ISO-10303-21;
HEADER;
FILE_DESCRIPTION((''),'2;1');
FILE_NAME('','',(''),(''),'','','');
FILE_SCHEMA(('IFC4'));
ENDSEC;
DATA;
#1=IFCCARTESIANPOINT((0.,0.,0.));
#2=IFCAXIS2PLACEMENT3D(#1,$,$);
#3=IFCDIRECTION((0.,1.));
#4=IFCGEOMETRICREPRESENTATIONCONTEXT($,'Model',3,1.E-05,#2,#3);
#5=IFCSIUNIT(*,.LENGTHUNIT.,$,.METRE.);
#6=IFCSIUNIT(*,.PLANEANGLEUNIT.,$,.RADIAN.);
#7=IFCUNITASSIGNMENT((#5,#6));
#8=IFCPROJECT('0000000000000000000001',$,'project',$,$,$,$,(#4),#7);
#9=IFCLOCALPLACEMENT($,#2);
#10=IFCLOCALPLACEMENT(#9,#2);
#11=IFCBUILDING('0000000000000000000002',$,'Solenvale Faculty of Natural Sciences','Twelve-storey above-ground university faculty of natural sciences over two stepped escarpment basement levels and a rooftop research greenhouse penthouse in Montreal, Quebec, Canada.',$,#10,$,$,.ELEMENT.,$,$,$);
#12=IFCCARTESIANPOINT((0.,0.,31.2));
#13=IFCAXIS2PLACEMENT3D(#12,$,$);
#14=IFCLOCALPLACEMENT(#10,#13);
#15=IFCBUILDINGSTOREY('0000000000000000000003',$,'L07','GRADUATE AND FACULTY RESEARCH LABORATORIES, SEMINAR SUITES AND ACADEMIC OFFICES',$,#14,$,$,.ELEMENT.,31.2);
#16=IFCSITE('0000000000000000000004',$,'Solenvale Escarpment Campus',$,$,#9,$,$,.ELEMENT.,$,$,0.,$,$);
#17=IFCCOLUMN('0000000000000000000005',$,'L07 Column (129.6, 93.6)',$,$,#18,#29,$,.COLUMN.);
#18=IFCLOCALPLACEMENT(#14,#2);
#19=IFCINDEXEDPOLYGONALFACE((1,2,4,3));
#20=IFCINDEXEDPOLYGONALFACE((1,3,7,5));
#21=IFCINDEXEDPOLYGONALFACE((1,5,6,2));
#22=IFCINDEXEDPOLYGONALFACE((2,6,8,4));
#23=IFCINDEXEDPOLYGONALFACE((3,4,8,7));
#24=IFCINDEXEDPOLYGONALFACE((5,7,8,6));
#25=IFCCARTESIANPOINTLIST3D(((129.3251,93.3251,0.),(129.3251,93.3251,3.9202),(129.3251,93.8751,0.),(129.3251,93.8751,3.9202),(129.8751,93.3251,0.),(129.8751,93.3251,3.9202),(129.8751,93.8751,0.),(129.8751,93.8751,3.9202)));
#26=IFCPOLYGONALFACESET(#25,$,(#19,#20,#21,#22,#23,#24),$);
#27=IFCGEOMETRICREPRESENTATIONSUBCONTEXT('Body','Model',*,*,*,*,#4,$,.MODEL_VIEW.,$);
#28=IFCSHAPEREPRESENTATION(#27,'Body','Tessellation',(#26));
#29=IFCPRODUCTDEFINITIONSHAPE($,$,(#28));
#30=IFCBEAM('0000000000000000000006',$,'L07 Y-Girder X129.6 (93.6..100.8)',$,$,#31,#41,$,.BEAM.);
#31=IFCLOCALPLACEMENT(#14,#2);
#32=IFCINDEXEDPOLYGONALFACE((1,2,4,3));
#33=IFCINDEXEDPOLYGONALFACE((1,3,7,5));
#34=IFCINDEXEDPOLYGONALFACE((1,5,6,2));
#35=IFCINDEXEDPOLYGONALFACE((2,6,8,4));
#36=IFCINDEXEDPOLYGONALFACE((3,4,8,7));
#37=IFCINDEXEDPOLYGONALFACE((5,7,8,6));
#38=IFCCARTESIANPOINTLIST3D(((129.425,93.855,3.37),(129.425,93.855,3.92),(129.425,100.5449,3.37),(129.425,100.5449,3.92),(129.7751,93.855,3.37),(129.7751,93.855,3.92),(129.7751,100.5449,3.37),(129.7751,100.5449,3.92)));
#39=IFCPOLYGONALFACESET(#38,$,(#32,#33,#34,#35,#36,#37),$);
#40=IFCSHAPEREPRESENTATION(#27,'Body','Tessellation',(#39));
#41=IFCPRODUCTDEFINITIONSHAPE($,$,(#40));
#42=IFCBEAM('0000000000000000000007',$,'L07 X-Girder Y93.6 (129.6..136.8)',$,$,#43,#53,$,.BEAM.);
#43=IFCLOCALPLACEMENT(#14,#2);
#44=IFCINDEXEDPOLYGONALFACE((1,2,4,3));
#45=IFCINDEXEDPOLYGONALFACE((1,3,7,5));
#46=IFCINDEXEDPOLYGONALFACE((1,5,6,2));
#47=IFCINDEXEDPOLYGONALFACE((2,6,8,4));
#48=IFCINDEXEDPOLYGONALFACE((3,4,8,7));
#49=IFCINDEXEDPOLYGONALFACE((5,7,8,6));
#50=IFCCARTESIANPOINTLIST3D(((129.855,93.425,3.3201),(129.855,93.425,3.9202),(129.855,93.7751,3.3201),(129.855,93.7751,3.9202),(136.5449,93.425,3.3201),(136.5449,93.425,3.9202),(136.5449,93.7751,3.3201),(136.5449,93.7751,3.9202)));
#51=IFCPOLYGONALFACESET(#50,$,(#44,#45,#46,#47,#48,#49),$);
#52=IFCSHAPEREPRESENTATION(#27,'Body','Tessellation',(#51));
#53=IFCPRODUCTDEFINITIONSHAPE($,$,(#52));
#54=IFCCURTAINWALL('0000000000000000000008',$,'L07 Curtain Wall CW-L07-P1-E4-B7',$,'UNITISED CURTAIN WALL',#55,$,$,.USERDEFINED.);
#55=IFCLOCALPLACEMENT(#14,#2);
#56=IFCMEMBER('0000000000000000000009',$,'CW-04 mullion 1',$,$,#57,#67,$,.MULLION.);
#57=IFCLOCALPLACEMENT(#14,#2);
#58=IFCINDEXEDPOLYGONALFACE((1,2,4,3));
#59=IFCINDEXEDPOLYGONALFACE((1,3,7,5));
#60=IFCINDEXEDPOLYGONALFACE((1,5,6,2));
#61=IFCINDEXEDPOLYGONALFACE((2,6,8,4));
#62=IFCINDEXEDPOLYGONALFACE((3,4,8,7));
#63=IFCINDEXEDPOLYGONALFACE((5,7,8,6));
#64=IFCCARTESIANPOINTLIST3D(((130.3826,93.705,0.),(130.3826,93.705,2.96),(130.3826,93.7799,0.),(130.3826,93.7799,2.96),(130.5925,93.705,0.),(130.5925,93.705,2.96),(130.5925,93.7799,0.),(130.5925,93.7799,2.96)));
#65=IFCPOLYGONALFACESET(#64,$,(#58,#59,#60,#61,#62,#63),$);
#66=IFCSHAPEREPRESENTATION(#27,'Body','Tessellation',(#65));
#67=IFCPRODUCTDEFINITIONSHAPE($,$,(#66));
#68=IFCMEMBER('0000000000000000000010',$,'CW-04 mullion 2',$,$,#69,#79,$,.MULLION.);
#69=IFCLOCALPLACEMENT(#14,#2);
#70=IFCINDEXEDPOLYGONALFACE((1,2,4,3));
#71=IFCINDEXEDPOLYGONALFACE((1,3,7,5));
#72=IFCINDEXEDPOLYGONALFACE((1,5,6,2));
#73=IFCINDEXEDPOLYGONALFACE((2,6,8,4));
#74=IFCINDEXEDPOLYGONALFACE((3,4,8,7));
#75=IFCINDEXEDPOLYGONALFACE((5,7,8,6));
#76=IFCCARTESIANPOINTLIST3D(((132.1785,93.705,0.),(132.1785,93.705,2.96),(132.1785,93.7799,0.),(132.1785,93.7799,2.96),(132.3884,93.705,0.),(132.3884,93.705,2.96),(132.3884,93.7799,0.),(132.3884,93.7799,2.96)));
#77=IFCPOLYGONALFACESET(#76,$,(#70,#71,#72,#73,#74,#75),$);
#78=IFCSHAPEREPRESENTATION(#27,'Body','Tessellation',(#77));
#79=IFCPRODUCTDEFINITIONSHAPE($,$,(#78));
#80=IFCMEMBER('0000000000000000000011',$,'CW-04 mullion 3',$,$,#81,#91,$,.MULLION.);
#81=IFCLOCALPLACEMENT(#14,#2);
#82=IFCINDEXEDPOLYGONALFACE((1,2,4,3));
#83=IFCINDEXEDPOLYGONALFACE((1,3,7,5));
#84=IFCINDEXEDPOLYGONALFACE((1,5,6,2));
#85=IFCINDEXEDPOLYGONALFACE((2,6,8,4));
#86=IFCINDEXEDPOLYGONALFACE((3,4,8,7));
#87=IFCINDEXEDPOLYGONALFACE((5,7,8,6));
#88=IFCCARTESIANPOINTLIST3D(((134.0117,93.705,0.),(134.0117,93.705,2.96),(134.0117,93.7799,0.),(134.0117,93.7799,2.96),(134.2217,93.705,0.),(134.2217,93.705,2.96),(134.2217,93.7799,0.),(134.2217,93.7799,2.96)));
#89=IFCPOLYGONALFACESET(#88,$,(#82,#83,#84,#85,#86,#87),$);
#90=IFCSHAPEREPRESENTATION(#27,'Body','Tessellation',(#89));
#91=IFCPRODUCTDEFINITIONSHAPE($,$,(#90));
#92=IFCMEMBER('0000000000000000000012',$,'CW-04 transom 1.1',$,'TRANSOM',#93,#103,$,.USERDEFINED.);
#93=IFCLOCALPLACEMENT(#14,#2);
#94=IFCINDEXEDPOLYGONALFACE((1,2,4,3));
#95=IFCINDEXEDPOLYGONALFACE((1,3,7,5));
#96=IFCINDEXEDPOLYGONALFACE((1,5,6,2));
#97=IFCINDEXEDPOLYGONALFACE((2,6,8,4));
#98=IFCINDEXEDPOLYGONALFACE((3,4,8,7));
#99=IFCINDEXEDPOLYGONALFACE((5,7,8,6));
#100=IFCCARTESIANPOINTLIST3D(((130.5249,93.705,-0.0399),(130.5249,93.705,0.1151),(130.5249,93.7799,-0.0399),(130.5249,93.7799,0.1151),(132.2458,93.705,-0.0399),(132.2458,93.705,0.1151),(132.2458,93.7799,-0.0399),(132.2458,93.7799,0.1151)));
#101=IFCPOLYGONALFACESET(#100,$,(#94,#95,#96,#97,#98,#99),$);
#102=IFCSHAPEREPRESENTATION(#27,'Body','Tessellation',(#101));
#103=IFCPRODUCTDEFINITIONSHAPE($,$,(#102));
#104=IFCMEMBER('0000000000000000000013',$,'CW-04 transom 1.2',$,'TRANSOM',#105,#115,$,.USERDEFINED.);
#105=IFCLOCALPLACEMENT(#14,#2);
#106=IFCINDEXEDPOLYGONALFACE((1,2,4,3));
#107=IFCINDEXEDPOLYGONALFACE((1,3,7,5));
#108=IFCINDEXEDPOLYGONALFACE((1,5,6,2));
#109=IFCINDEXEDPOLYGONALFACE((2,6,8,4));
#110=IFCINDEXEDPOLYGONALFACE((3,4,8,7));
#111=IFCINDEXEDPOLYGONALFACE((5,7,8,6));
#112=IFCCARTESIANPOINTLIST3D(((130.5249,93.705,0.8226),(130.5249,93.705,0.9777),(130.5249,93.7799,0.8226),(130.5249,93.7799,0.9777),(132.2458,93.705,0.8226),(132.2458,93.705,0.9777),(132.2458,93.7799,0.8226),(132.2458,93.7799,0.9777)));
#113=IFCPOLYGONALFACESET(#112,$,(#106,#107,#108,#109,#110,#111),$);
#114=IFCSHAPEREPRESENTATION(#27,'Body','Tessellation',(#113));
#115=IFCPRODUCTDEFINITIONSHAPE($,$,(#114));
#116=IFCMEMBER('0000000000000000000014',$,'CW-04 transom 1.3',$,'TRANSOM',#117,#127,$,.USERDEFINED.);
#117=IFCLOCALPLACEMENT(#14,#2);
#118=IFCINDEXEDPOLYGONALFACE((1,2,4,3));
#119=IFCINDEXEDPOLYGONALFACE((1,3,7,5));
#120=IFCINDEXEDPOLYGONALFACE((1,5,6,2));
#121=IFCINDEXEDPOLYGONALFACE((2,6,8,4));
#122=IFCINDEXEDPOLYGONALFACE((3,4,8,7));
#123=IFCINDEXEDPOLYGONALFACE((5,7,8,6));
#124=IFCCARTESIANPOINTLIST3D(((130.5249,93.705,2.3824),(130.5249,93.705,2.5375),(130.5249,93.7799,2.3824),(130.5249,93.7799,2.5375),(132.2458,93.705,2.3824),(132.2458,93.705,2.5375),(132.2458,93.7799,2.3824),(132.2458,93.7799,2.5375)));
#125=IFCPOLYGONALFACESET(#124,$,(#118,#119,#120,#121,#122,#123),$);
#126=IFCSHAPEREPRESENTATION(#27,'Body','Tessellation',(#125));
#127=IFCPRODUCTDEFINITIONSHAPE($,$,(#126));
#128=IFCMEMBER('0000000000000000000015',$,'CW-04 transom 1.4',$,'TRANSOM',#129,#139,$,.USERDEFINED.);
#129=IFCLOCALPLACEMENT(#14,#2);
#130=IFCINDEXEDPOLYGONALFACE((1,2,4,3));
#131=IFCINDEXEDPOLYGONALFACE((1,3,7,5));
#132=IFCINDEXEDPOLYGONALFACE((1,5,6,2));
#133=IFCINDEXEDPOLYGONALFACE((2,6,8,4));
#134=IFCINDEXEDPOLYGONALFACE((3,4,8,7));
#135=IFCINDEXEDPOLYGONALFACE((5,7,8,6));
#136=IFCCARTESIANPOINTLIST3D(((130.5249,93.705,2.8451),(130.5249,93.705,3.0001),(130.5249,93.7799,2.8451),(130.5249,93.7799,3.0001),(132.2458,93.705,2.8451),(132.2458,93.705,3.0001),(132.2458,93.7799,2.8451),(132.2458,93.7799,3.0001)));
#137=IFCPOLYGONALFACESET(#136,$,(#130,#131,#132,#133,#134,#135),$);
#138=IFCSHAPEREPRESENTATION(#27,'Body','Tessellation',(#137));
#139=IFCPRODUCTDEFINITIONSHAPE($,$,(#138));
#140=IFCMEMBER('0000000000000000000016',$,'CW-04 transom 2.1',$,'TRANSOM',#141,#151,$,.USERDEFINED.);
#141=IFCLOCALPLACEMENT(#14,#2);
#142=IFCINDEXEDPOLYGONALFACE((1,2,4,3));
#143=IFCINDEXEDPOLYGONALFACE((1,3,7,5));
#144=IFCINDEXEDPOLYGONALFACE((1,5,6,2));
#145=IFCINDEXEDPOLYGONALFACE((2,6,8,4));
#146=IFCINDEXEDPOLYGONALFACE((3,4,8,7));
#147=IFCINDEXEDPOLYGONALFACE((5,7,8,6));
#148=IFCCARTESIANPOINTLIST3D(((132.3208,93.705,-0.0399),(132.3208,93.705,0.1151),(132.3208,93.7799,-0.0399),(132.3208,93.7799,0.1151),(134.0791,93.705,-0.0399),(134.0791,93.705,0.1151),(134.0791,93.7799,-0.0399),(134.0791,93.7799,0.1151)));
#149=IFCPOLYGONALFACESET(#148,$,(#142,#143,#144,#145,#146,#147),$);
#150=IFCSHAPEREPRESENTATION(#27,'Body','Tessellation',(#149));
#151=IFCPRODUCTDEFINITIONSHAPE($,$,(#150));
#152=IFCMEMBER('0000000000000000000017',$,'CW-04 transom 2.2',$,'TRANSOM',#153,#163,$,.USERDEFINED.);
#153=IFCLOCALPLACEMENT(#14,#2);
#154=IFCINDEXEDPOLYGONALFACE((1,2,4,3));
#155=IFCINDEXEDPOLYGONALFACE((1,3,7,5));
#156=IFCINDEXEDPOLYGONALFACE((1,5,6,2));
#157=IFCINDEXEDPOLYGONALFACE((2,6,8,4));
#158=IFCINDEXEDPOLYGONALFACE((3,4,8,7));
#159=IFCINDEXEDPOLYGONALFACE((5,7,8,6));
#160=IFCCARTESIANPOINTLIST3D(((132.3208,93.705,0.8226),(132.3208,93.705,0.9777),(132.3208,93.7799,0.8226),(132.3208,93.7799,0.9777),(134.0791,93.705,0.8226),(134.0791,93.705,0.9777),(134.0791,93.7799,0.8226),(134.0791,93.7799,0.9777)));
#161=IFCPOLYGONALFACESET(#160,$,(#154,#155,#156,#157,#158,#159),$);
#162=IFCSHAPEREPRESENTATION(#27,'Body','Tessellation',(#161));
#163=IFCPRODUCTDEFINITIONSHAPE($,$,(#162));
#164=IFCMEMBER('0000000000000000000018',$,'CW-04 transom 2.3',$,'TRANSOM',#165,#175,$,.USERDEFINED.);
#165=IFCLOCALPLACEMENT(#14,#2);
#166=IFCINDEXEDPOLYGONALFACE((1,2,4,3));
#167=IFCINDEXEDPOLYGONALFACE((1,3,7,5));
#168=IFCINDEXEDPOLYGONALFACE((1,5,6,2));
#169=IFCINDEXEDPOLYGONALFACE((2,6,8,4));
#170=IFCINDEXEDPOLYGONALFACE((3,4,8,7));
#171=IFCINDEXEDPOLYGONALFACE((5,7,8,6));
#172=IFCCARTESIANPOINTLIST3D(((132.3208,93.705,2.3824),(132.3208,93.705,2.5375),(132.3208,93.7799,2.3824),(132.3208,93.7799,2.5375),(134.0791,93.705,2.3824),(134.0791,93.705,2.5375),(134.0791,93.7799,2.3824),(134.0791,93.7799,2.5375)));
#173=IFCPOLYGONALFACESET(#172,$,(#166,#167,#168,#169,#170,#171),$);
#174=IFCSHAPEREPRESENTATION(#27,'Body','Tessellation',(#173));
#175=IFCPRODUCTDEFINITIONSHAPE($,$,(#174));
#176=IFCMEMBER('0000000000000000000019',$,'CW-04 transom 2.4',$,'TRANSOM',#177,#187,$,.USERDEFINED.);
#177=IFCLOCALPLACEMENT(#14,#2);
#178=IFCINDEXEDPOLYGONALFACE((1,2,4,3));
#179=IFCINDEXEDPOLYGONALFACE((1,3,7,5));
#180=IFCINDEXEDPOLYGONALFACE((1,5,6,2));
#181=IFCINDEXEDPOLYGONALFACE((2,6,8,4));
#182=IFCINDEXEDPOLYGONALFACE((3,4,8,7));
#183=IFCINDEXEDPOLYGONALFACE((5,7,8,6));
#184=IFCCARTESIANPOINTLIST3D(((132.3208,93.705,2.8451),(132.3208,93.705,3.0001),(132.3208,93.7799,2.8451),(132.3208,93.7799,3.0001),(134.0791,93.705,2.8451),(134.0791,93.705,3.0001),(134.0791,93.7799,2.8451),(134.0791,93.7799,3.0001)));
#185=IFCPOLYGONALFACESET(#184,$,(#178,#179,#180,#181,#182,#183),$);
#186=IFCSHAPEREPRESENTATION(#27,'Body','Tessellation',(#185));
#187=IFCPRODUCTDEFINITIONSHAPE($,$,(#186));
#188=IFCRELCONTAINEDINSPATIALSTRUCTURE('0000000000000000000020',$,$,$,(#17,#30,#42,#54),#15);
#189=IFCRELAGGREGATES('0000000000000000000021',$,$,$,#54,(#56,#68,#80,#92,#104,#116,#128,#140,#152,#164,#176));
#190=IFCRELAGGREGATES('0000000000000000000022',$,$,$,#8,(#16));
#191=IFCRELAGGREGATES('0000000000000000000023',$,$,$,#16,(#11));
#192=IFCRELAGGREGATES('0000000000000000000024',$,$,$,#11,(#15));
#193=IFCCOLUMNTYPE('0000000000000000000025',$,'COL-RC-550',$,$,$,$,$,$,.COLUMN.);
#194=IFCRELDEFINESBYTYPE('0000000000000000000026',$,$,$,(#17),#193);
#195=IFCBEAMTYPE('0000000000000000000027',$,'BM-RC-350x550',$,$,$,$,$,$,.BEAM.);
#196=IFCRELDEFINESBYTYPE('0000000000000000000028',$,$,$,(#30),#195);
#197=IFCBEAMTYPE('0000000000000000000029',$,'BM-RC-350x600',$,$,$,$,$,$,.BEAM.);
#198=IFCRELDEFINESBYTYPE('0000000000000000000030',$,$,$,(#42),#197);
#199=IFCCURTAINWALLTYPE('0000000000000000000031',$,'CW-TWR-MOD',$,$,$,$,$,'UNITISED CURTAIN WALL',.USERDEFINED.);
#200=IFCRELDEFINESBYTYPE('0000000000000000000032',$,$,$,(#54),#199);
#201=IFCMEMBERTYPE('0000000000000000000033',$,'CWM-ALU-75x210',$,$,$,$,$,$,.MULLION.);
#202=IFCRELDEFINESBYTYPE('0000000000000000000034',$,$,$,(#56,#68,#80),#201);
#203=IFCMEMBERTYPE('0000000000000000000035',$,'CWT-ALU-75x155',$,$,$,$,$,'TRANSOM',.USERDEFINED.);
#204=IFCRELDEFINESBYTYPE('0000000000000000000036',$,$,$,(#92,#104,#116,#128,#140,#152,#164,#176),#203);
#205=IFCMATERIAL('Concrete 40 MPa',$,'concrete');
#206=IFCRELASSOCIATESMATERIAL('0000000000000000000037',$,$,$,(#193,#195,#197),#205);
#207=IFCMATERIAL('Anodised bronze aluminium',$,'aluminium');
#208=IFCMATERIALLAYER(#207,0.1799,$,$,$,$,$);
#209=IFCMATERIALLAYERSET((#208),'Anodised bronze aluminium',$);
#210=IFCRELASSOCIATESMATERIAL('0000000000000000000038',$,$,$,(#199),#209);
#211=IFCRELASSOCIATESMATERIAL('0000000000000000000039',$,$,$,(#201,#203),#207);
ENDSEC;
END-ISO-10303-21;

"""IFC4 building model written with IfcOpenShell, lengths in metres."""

from ifc_helpers import new_model, si_unit, direction, frame, origin, origin_2d, place, context, subcontext, project, spatial, rectangle, extrude, material, layer, layer_set, material_profile, profile_set, type_object, element, aggregate, save


model = new_model("IFC4")

# Units and contexts
model_context = context("Model", 3, precision=1e-05, world=origin(), true_north=direction((0.0, 1.0)))
body_context = subcontext(model_context, "Body", "Model", "MODEL_VIEW")
ifc_project = project(units=[si_unit("LENGTHUNIT", "METRE"), si_unit("PLANEANGLEUNIT", "RADIAN")], contexts=[model_context])

# Site, building, storey
site_placement = place(None, origin())
site = spatial("IfcSite", under=ifc_project, at=site_placement, Name="Solenvale Escarpment Campus", CompositionType="ELEMENT", RefElevation=0.0)
building_placement = place(site_placement, origin())
building = spatial("IfcBuilding", under=site, at=building_placement, Name="Solenvale Faculty of Natural Sciences", Description="Twelve-storey above-ground university faculty of natural sciences over two stepped escarpment basement levels and a rooftop research greenhouse penthouse in Montreal, Quebec, Canada.", CompositionType="ELEMENT")
storey_placement = place(building_placement, frame((0.0, 0.0, 31.2)))
storey = spatial("IfcBuildingStorey", under=building, at=storey_placement, Name="L07", Description="GRADUATE AND FACULTY RESEARCH LABORATORIES, SEMINAR SUITES AND ACADEMIC OFFICES", CompositionType="ELEMENT", Elevation=31.2)

# Column
ifc_material_1 = material(Name="Concrete 40 MPa", Category="concrete")
ifc_material_profile_1 = material_profile(ifc_material_1, rectangle(XDim=0.55, YDim=0.55, at=origin_2d()), Name="RC-COL-550x550")
ifc_profile_set_1 = profile_set([ifc_material_profile_1], Name="Concrete 40 MPa")
column_type = type_object("IfcColumnType", Name="COL-RC-550", PredefinedType="COLUMN", material=ifc_profile_set_1)
column_placement = place(storey_placement, frame((129.6001, 93.6001, 0.0), z_axis=(0.0, 0.0, 1.0), x_axis=(1.0, 0.0, 0.0)))
element("IfcColumn", 1, at=column_placement, inside=storey, type_object=column_type, Name="L07 Column (129.6, 93.6)", PredefinedType="COLUMN", context=body_context, shape_type="SweptSolid", body=[
    extrude(rectangle(XDim=0.55, YDim=0.55, at=origin_2d()), origin(), (0.0, 0.0, 1.0), 3.9202),
])

# Beams
ifc_material_profile_2 = material_profile(ifc_material_1, rectangle(XDim=0.3501, YDim=0.55, at=origin_2d()), Name="RC-BM-350x550")
ifc_profile_set_2 = profile_set([ifc_material_profile_2], Name="Concrete 40 MPa")
beam_type_1 = type_object("IfcBeamType", Name="BM-RC-350x550", PredefinedType="BEAM", material=ifc_profile_set_2)
beam_1_placement = place(storey_placement, frame((129.6001, 93.855, 3.645), z_axis=(0.0, 1.0, 0.0), x_axis=(-1.0, 0.0, 0.0)))
element("IfcBeam", 2, at=beam_1_placement, inside=storey, type_object=beam_type_1, Name="L07 Y-Girder X129.6 (93.6..100.8)", PredefinedType="BEAM", context=body_context, shape_type="SweptSolid", body=[
    extrude(rectangle(XDim=0.3501, YDim=0.55, at=origin_2d()), origin(), (0.0, 0.0, 1.0), 6.6899),
])
ifc_material_profile_3 = material_profile(ifc_material_1, rectangle(XDim=0.3501, YDim=0.6001, at=origin_2d()), Name="RC-BM-350x600")
ifc_profile_set_3 = profile_set([ifc_material_profile_3], Name="Concrete 40 MPa")
beam_type_2 = type_object("IfcBeamType", Name="BM-RC-350x600", PredefinedType="BEAM", material=ifc_profile_set_3)
beam_2_placement = place(storey_placement, frame((129.855, 93.6001, 3.6201), z_axis=(1.0, 0.0, 0.0), x_axis=(0.0, 1.0, 0.0)))
element("IfcBeam", 3, at=beam_2_placement, inside=storey, type_object=beam_type_2, Name="L07 X-Girder Y93.6 (129.6..136.8)", PredefinedType="BEAM", context=body_context, shape_type="SweptSolid", body=[
    extrude(rectangle(XDim=0.3501, YDim=0.6001, at=origin_2d()), origin(), (0.0, 0.0, 1.0), 6.6899),
])

# Curtain wall, members
ifc_material_2 = material(Name="Anodised bronze aluminium", Category="aluminium")
ifc_layer_1 = layer(ifc_material_2, 0.1799)
ifc_layer_set_1 = layer_set([ifc_layer_1], Name="Anodised bronze aluminium")
curtain_wall_type = type_object("IfcCurtainWallType", Name="CW-TWR-MOD", ElementType="UNITISED CURTAIN WALL", PredefinedType="USERDEFINED", material=ifc_layer_set_1)
curtain_wall_placement = place(storey_placement, origin())
curtain_wall = element("IfcCurtainWall", 4, at=curtain_wall_placement, inside=storey, type_object=curtain_wall_type, Name="L07 Curtain Wall CW-L07-P1-E4-B7", ObjectType="UNITISED CURTAIN WALL", PredefinedType="USERDEFINED")
ifc_material_profile_4 = material_profile(ifc_material_2, rectangle(XDim=0.075, YDim=0.21, at=origin_2d()), Name="ALU-MUL-75x210")
ifc_profile_set_4 = profile_set([ifc_material_profile_4], Name="Anodised bronze aluminium")
member_type_1 = type_object("IfcMemberType", Name="CWM-ALU-75x210", PredefinedType="MULLION", material=ifc_profile_set_4)
member_1_placement = place(storey_placement, frame((130.4875, 93.7424, 0.0), z_axis=(0.0, 0.0, 1.0), x_axis=(0.0, 1.0, 0.0)))
member_1 = element("IfcMember", 5, at=member_1_placement, type_object=member_type_1, Name="CW-04 mullion 1", PredefinedType="MULLION", context=body_context, shape_type="SweptSolid", body=[
    extrude(rectangle(XDim=0.075, YDim=0.21, at=origin_2d()), origin(), (0.0, 0.0, 1.0), 2.96),
])
member_2_placement = place(storey_placement, frame((132.2834, 93.7424, 0.0), z_axis=(0.0, 0.0, 1.0), x_axis=(0.0, 1.0, 0.0)))
member_2 = element("IfcMember", 6, at=member_2_placement, type_object=member_type_1, Name="CW-04 mullion 2", PredefinedType="MULLION", context=body_context, shape_type="SweptSolid", body=[
    extrude(rectangle(XDim=0.075, YDim=0.21, at=origin_2d()), origin(), (0.0, 0.0, 1.0), 2.96),
])
member_3_placement = place(storey_placement, frame((134.1167, 93.7424, 0.0), z_axis=(0.0, 0.0, 1.0), x_axis=(0.0, 1.0, 0.0)))
member_3 = element("IfcMember", 7, at=member_3_placement, type_object=member_type_1, Name="CW-04 mullion 3", PredefinedType="MULLION", context=body_context, shape_type="SweptSolid", body=[
    extrude(rectangle(XDim=0.075, YDim=0.21, at=origin_2d()), origin(), (0.0, 0.0, 1.0), 2.96),
])
ifc_material_profile_5 = material_profile(ifc_material_2, rectangle(XDim=0.075, YDim=0.155, at=origin_2d()), Name="ALU-TRN-75x155")
ifc_profile_set_5 = profile_set([ifc_material_profile_5], Name="Anodised bronze aluminium")
member_type_2 = type_object("IfcMemberType", Name="CWT-ALU-75x155", ElementType="TRANSOM", PredefinedType="USERDEFINED", material=ifc_profile_set_5)
member_4_placement = place(storey_placement, frame((130.5249, 93.7424, 0.0376), z_axis=(1.0, 0.0, 0.0), x_axis=(0.0, 1.0, 0.0)))
member_4 = element("IfcMember", 8, at=member_4_placement, type_object=member_type_2, Name="CW-04 transom 1.1", ObjectType="TRANSOM", PredefinedType="USERDEFINED", context=body_context, shape_type="SweptSolid", body=[
    extrude(rectangle(XDim=0.075, YDim=0.155, at=origin_2d()), origin(), (0.0, 0.0, 1.0), 1.7209),
])
member_5_placement = place(storey_placement, frame((130.5249, 93.7424, 0.9001), z_axis=(1.0, 0.0, 0.0), x_axis=(0.0, 1.0, 0.0)))
member_5 = element("IfcMember", 9, at=member_5_placement, type_object=member_type_2, Name="CW-04 transom 1.2", ObjectType="TRANSOM", PredefinedType="USERDEFINED", context=body_context, shape_type="SweptSolid", body=[
    extrude(rectangle(XDim=0.075, YDim=0.155, at=origin_2d()), origin(), (0.0, 0.0, 1.0), 1.7209),
])
member_6_placement = place(storey_placement, frame((130.5249, 93.7424, 2.46), z_axis=(1.0, 0.0, 0.0), x_axis=(0.0, 1.0, 0.0)))
member_6 = element("IfcMember", 10, at=member_6_placement, type_object=member_type_2, Name="CW-04 transom 1.3", ObjectType="TRANSOM", PredefinedType="USERDEFINED", context=body_context, shape_type="SweptSolid", body=[
    extrude(rectangle(XDim=0.075, YDim=0.155, at=origin_2d()), origin(), (0.0, 0.0, 1.0), 1.7209),
])
member_7_placement = place(storey_placement, frame((130.5249, 93.7424, 2.9226), z_axis=(1.0, 0.0, 0.0), x_axis=(0.0, 1.0, 0.0)))
member_7 = element("IfcMember", 11, at=member_7_placement, type_object=member_type_2, Name="CW-04 transom 1.4", ObjectType="TRANSOM", PredefinedType="USERDEFINED", context=body_context, shape_type="SweptSolid", body=[
    extrude(rectangle(XDim=0.075, YDim=0.155, at=origin_2d()), origin(), (0.0, 0.0, 1.0), 1.7209),
])
member_8_placement = place(storey_placement, frame((132.3208, 93.7424, 0.0376), z_axis=(1.0, 0.0, 0.0), x_axis=(0.0, 1.0, 0.0)))
member_8 = element("IfcMember", 12, at=member_8_placement, type_object=member_type_2, Name="CW-04 transom 2.1", ObjectType="TRANSOM", PredefinedType="USERDEFINED", context=body_context, shape_type="SweptSolid", body=[
    extrude(rectangle(XDim=0.075, YDim=0.155, at=origin_2d()), origin(), (0.0, 0.0, 1.0), 1.7583),
])
member_9_placement = place(storey_placement, frame((132.3208, 93.7424, 0.9001), z_axis=(1.0, 0.0, 0.0), x_axis=(0.0, 1.0, 0.0)))
member_9 = element("IfcMember", 13, at=member_9_placement, type_object=member_type_2, Name="CW-04 transom 2.2", ObjectType="TRANSOM", PredefinedType="USERDEFINED", context=body_context, shape_type="SweptSolid", body=[
    extrude(rectangle(XDim=0.075, YDim=0.155, at=origin_2d()), origin(), (0.0, 0.0, 1.0), 1.7583),
])
member_10_placement = place(storey_placement, frame((132.3208, 93.7424, 2.46), z_axis=(1.0, 0.0, 0.0), x_axis=(0.0, 1.0, 0.0)))
member_10 = element("IfcMember", 14, at=member_10_placement, type_object=member_type_2, Name="CW-04 transom 2.3", ObjectType="TRANSOM", PredefinedType="USERDEFINED", context=body_context, shape_type="SweptSolid", body=[
    extrude(rectangle(XDim=0.075, YDim=0.155, at=origin_2d()), origin(), (0.0, 0.0, 1.0), 1.7583),
])
member_11_placement = place(storey_placement, frame((132.3208, 93.7424, 2.9226), z_axis=(1.0, 0.0, 0.0), x_axis=(0.0, 1.0, 0.0)))
member_11 = element("IfcMember", 15, at=member_11_placement, type_object=member_type_2, Name="CW-04 transom 2.4", ObjectType="TRANSOM", PredefinedType="USERDEFINED", context=body_context, shape_type="SweptSolid", body=[
    extrude(rectangle(XDim=0.075, YDim=0.155, at=origin_2d()), origin(), (0.0, 0.0, 1.0), 1.7583),
])
aggregate(curtain_wall, [member_1, member_2, member_3, member_4, member_5, member_6, member_7, member_8, member_9, member_10, member_11])

save(model, "model.ifc")
